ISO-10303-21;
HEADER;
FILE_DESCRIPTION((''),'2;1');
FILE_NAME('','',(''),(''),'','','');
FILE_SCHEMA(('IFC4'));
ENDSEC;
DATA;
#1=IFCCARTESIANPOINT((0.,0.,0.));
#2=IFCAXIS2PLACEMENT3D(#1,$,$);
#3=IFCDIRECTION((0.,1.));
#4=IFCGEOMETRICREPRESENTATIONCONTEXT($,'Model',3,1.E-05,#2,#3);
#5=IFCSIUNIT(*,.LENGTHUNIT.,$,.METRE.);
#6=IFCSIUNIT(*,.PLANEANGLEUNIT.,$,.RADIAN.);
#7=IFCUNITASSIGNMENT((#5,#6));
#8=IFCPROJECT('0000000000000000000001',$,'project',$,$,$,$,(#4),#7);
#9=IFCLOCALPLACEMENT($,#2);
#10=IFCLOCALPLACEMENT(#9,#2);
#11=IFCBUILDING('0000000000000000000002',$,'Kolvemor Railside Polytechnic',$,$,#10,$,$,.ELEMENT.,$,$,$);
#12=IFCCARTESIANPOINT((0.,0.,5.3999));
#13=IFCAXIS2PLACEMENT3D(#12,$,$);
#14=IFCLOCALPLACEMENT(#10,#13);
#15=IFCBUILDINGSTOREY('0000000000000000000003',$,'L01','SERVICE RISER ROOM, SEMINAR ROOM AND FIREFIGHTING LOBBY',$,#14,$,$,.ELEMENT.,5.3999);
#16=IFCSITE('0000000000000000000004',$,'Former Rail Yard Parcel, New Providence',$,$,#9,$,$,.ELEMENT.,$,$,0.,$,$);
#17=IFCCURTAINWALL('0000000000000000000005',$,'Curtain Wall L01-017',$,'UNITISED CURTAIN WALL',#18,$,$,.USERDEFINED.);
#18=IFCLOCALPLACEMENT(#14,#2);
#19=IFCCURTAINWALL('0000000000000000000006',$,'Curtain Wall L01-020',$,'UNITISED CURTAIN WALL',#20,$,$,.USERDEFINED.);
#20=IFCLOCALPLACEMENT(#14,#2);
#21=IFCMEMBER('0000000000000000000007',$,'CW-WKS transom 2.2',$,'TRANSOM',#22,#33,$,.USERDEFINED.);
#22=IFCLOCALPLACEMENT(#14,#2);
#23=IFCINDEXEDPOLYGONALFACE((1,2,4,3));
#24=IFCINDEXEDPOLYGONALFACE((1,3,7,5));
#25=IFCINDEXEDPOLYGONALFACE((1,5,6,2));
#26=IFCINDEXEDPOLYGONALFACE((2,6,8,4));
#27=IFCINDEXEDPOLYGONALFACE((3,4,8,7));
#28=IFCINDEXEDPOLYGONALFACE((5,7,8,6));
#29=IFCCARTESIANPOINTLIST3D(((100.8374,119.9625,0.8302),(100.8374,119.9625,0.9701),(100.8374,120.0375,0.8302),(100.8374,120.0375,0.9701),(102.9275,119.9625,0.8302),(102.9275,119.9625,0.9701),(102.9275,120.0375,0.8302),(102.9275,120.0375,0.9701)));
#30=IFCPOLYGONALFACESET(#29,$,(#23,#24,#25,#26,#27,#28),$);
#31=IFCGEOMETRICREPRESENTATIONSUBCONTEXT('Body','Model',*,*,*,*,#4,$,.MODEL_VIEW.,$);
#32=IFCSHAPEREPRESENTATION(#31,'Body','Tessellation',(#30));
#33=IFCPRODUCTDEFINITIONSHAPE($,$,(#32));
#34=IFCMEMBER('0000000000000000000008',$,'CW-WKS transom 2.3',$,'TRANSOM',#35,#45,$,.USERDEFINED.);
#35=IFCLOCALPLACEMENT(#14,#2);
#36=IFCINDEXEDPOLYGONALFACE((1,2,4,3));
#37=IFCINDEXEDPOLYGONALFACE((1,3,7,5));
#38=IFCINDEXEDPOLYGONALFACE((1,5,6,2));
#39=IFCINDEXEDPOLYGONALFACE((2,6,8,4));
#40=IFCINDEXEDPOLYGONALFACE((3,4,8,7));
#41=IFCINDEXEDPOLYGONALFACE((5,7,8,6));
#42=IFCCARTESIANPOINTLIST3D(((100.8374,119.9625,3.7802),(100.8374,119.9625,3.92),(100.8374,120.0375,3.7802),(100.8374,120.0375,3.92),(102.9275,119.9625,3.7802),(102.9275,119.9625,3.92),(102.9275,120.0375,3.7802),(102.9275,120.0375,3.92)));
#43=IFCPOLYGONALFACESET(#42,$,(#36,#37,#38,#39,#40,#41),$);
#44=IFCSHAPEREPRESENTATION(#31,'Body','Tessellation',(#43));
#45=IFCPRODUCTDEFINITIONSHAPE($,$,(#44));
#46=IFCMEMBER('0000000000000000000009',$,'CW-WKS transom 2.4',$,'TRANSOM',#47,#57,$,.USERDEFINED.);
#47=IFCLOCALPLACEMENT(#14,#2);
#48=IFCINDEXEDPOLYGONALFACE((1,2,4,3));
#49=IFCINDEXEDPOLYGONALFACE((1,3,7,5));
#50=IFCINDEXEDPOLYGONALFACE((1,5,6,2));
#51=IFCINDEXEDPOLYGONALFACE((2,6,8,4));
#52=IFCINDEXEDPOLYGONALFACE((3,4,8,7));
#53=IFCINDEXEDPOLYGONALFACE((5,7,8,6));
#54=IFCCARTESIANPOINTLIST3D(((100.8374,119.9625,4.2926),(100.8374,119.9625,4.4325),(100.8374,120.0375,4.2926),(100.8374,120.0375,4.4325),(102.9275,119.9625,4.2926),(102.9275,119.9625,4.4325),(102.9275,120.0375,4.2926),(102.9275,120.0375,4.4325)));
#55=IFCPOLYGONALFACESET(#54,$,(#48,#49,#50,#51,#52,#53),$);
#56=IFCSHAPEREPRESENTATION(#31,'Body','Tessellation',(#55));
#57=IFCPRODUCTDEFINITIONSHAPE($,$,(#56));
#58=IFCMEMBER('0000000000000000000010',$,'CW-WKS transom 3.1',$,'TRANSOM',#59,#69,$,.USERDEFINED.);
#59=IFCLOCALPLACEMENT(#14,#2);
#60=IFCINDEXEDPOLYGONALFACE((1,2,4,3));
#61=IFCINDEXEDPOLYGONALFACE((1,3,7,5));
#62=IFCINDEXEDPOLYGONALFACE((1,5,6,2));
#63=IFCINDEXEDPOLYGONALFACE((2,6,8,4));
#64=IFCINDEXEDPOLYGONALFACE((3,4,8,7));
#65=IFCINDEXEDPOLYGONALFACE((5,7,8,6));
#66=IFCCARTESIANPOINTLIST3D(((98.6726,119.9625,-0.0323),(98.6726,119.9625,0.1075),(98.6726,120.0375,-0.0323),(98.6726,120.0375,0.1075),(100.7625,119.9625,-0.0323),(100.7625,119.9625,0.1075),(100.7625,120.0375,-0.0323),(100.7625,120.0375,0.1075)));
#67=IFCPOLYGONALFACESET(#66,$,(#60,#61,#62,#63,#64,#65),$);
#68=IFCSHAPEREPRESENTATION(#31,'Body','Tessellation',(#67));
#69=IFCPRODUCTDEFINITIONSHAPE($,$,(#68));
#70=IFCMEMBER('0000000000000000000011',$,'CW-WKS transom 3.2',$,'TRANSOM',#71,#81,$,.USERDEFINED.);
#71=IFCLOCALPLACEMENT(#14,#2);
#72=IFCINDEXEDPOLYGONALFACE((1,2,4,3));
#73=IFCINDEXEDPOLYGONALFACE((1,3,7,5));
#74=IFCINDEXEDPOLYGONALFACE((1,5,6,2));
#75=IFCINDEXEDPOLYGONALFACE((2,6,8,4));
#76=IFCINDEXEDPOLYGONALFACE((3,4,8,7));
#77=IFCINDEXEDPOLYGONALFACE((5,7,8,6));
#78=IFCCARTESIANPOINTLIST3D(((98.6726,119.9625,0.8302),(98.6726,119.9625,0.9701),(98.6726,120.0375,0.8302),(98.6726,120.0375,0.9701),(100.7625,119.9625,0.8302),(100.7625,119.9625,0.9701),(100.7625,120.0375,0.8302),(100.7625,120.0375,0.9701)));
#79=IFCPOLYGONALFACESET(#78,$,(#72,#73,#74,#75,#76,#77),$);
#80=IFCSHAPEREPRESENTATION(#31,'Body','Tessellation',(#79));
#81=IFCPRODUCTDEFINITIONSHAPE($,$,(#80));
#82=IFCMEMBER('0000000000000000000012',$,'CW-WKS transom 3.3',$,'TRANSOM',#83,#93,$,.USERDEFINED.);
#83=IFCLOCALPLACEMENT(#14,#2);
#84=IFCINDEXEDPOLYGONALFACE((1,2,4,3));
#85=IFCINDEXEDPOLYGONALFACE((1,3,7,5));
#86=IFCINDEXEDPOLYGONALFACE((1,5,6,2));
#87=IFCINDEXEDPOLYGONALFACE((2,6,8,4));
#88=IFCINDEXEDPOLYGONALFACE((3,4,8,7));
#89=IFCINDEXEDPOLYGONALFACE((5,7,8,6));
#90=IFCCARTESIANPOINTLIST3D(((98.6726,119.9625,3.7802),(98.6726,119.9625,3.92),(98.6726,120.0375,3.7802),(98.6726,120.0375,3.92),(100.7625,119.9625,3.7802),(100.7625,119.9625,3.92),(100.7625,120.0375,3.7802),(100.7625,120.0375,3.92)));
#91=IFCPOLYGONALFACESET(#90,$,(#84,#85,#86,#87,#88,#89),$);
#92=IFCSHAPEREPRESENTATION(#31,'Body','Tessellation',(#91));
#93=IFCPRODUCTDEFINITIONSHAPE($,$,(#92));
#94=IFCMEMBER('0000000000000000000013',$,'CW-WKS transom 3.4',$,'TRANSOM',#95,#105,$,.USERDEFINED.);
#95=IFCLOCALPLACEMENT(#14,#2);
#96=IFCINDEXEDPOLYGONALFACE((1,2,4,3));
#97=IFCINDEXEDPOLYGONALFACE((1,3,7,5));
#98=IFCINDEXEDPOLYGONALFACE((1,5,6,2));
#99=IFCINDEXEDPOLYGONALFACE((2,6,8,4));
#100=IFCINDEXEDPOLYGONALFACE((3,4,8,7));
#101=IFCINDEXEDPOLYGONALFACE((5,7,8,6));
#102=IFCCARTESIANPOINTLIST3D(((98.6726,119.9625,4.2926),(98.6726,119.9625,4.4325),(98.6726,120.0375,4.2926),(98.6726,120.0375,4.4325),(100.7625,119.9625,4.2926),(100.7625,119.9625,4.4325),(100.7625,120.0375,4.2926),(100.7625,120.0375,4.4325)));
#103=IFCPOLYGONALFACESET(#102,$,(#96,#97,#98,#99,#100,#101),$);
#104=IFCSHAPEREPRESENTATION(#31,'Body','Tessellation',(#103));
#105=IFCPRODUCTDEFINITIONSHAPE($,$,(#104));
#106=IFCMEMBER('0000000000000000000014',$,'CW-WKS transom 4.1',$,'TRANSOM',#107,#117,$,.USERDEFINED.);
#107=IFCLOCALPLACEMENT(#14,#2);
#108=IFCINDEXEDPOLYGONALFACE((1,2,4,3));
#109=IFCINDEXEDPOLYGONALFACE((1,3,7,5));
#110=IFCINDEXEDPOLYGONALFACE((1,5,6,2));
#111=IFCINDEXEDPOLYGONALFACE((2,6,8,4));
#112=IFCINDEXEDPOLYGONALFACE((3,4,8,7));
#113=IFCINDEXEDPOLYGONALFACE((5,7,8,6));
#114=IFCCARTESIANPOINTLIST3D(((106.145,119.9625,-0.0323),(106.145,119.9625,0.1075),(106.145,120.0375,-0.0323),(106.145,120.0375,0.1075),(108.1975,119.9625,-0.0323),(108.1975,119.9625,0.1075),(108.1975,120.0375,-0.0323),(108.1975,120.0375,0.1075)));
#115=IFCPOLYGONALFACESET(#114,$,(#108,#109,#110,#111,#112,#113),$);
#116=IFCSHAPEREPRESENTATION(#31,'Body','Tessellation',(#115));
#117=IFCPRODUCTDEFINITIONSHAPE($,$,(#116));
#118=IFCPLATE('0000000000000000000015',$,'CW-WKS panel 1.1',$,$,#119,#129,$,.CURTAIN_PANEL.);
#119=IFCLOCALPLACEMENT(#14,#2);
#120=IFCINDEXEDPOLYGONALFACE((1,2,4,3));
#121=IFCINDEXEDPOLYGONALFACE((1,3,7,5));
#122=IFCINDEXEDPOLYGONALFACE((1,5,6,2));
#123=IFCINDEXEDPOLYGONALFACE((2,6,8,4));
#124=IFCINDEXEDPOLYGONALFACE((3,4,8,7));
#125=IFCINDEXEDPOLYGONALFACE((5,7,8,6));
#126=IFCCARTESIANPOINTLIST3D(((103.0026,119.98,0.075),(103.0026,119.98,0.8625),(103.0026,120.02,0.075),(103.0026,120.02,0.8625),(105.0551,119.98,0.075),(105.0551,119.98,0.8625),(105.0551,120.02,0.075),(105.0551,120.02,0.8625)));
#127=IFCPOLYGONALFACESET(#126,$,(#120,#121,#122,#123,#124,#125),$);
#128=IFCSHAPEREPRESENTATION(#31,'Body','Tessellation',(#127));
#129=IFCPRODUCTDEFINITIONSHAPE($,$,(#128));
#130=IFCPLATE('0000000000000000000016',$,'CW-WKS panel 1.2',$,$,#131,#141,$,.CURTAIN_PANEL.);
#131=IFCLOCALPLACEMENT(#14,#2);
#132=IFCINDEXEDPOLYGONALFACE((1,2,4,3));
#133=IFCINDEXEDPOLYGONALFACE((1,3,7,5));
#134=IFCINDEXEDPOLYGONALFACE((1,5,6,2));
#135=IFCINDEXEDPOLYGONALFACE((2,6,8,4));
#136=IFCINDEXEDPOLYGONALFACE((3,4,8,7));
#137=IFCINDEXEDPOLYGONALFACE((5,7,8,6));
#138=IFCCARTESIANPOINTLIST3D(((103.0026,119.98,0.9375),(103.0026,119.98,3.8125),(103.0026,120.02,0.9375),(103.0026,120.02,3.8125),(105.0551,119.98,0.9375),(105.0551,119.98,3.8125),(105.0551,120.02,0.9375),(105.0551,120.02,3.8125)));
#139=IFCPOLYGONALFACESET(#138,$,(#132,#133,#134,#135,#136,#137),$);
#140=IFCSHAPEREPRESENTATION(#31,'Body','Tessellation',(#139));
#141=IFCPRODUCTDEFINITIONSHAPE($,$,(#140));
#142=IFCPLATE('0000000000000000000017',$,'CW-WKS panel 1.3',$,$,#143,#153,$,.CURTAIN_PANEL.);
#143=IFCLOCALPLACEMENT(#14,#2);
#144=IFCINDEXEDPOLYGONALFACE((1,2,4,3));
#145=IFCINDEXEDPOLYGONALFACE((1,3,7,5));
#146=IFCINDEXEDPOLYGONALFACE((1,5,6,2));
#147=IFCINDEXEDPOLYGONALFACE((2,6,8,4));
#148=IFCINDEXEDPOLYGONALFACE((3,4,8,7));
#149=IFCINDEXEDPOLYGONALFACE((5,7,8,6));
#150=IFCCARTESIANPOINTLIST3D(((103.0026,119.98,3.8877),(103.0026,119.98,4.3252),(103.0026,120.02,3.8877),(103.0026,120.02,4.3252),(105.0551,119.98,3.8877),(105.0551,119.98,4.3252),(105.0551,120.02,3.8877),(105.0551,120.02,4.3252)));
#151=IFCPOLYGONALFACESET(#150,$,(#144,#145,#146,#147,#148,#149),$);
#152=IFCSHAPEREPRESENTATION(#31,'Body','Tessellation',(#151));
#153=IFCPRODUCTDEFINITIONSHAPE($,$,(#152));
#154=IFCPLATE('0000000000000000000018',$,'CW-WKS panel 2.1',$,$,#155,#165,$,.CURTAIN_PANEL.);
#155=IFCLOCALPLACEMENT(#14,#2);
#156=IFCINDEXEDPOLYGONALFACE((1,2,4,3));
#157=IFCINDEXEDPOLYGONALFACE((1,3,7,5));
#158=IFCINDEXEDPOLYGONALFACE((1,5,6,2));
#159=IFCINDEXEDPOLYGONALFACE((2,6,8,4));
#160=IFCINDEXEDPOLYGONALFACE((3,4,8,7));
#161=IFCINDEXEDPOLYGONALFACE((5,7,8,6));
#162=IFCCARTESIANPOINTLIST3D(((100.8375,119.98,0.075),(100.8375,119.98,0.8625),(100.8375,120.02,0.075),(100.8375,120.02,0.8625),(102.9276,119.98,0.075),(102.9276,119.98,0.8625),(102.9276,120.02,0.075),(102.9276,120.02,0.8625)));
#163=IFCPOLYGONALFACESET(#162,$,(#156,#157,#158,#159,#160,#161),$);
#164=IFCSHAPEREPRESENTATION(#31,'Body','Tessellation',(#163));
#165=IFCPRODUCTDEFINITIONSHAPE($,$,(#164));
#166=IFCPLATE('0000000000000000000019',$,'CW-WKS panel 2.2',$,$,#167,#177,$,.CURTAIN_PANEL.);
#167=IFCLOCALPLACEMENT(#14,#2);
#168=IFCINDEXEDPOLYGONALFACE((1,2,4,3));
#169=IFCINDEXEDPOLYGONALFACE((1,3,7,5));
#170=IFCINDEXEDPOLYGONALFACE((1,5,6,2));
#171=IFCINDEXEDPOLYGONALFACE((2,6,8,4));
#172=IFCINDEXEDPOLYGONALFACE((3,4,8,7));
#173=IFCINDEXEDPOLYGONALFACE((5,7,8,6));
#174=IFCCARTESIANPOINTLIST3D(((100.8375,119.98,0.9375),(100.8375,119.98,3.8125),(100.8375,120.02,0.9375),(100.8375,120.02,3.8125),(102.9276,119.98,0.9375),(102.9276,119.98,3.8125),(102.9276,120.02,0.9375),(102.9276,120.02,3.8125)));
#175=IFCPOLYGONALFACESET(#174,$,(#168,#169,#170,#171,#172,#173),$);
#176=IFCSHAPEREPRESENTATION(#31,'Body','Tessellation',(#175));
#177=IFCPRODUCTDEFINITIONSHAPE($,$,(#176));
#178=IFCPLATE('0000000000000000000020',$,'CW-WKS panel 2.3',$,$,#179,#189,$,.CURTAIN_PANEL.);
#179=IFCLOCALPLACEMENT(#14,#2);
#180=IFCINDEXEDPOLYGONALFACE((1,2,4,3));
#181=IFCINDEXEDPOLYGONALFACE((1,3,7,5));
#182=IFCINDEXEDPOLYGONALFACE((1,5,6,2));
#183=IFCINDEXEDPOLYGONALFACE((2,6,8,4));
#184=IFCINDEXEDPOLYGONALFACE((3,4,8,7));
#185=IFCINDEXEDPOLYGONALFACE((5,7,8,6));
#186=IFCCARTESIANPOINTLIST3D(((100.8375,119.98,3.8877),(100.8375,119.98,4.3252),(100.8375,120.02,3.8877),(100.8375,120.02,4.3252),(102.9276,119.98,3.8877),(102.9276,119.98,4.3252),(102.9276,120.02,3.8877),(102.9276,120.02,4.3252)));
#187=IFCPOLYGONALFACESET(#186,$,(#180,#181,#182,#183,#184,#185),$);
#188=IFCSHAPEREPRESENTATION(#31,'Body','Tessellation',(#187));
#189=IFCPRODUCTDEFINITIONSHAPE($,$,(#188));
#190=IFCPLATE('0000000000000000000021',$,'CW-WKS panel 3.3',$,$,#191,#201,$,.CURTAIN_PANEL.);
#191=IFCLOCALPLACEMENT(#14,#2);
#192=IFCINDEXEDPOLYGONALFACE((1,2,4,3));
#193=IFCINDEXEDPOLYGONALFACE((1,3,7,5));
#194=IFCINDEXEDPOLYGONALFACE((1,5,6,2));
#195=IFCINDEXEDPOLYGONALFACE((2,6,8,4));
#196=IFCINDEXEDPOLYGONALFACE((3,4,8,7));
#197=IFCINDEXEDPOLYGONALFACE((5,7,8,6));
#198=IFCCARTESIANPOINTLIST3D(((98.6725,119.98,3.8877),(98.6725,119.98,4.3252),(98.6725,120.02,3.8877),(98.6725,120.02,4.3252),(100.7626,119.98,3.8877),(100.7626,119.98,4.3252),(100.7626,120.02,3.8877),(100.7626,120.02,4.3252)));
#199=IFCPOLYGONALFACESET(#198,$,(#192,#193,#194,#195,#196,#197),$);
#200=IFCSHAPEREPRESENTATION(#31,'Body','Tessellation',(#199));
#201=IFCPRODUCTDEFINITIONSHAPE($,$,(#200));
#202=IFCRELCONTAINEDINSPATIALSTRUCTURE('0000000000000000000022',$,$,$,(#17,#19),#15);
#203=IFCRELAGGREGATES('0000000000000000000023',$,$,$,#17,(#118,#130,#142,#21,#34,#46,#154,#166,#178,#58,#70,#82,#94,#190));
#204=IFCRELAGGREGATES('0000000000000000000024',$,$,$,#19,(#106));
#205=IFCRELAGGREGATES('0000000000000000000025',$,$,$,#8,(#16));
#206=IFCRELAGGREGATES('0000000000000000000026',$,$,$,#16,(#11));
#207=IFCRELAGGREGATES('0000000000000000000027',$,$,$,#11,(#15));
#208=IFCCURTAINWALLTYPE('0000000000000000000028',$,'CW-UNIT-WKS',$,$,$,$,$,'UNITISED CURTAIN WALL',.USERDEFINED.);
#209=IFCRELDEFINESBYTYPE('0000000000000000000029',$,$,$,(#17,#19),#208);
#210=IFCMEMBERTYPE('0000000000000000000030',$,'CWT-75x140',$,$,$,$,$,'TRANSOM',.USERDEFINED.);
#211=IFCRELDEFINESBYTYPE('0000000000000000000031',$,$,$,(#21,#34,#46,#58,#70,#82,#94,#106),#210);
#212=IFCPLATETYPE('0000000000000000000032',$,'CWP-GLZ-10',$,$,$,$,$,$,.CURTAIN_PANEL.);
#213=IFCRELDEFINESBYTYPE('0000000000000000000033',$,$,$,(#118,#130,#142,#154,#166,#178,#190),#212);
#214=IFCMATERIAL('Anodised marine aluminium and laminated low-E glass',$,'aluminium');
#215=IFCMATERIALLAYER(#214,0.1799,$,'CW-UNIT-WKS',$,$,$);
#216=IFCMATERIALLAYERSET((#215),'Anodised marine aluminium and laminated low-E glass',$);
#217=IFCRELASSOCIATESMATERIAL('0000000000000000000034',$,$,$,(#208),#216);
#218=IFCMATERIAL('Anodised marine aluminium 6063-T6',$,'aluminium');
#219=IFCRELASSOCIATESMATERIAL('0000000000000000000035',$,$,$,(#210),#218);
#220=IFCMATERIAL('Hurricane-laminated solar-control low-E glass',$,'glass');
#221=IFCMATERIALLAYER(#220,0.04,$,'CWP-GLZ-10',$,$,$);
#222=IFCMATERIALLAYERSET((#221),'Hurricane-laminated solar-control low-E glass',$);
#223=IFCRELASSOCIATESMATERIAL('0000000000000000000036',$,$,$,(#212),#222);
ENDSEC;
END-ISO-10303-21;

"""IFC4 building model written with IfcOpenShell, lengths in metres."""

from ifc_helpers import new_model, si_unit, direction, frame, origin, origin_2d, place, context, subcontext, project, spatial, rectangle, extrude, material, layer, layer_set, material_profile, profile_set, type_object, element, aggregate, save


model = new_model("IFC4")

# Units and contexts
model_context = context("Model", 3, precision=1e-05, world=origin(), true_north=direction((0.0, 1.0)))
body_context = subcontext(model_context, "Body", "Model", "MODEL_VIEW")
ifc_project = project(units=[si_unit("LENGTHUNIT", "METRE"), si_unit("PLANEANGLEUNIT", "RADIAN")], contexts=[model_context])

# Site, building, storey
site_placement = place(None, origin())
site = spatial("IfcSite", under=ifc_project, at=site_placement, Name="Former Rail Yard Parcel, New Providence", CompositionType="ELEMENT", RefElevation=0.0)
building_placement = place(site_placement, origin())
building = spatial("IfcBuilding", under=site, at=building_placement, Name="Kolvemor Railside Polytechnic", CompositionType="ELEMENT")
storey_placement = place(building_placement, frame((0.0, 0.0, 5.3999)))
storey = spatial("IfcBuildingStorey", under=building, at=storey_placement, Name="L01", Description="SERVICE RISER ROOM, SEMINAR ROOM AND FIREFIGHTING LOBBY", CompositionType="ELEMENT", Elevation=5.3999)

# Curtain wall
ifc_material_1 = material(Name="Anodised marine aluminium and laminated low-E glass", Category="aluminium")
ifc_layer_1 = layer(ifc_material_1, 0.1799, Name="CW-UNIT-WKS")
ifc_layer_set_1 = layer_set([ifc_layer_1], Name="Anodised marine aluminium and laminated low-E glass")
curtain_wall_type = type_object("IfcCurtainWallType", Name="CW-UNIT-WKS", ElementType="UNITISED CURTAIN WALL", PredefinedType="USERDEFINED", material=ifc_layer_set_1)
curtain_wall_1_placement = place(storey_placement, origin())
curtain_wall_1 = element("IfcCurtainWall", 1, at=curtain_wall_1_placement, inside=storey, type_object=curtain_wall_type, Name="Curtain Wall L01-017", ObjectType="UNITISED CURTAIN WALL", PredefinedType="USERDEFINED")

# Curtain wall
curtain_wall_2_placement = place(storey_placement, origin())
curtain_wall_2 = element("IfcCurtainWall", 2, at=curtain_wall_2_placement, inside=storey, type_object=curtain_wall_type, Name="Curtain Wall L01-020", ObjectType="UNITISED CURTAIN WALL", PredefinedType="USERDEFINED")

# Members
ifc_material_2 = material(Name="Anodised marine aluminium 6063-T6", Category="aluminium")
ifc_material_profile_1 = material_profile(ifc_material_2, rectangle(XDim=0.075, YDim=0.1399, at=origin_2d()), Name="CW-TRN-75x140")
ifc_profile_set_1 = profile_set([ifc_material_profile_1], Name="Anodised marine aluminium 6063-T6")
member_type_1 = type_object("IfcMemberType", Name="CWT-75x140", ElementType="TRANSOM", PredefinedType="USERDEFINED", material=ifc_profile_set_1)
member_1_placement = place(storey_placement, frame((102.9275, 120.0, 0.9001), z_axis=(-1.0, 0.0, 0.0), x_axis=(0.0, -1.0, 0.0)))
member_1 = element("IfcMember", 3, at=member_1_placement, type_object=member_type_1, Name="CW-WKS transom 2.2", ObjectType="TRANSOM", PredefinedType="USERDEFINED", context=body_context, shape_type="SweptSolid", body=[
    extrude(rectangle(XDim=0.075, YDim=0.1399, at=origin_2d()), origin(), (0.0, 0.0, 1.0), 2.0901),
])
member_2_placement = place(storey_placement, frame((102.9275, 120.0, 3.8501), z_axis=(-1.0, 0.0, 0.0), x_axis=(0.0, -1.0, 0.0)))
member_2 = element("IfcMember", 4, at=member_2_placement, type_object=member_type_1, Name="CW-WKS transom 2.3", ObjectType="TRANSOM", PredefinedType="USERDEFINED", context=body_context, shape_type="SweptSolid", body=[
    extrude(rectangle(XDim=0.075, YDim=0.1399, at=origin_2d()), origin(), (0.0, 0.0, 1.0), 2.0901),
])
member_3_placement = place(storey_placement, frame((102.9275, 120.0, 4.3625), z_axis=(-1.0, 0.0, 0.0), x_axis=(0.0, -1.0, 0.0)))
member_3 = element("IfcMember", 5, at=member_3_placement, type_object=member_type_1, Name="CW-WKS transom 2.4", ObjectType="TRANSOM", PredefinedType="USERDEFINED", context=body_context, shape_type="SweptSolid", body=[
    extrude(rectangle(XDim=0.075, YDim=0.1399, at=origin_2d()), origin(), (0.0, 0.0, 1.0), 2.0901),
])
member_4_placement = place(storey_placement, frame((100.7625, 120.0, 0.0376), z_axis=(-1.0, 0.0, 0.0), x_axis=(0.0, -1.0, 0.0)))
member_4 = element("IfcMember", 6, at=member_4_placement, type_object=member_type_1, Name="CW-WKS transom 3.1", ObjectType="TRANSOM", PredefinedType="USERDEFINED", context=body_context, shape_type="SweptSolid", body=[
    extrude(rectangle(XDim=0.075, YDim=0.1399, at=origin_2d()), origin(), (0.0, 0.0, 1.0), 2.0898),
])
member_5_placement = place(storey_placement, frame((100.7625, 120.0, 0.9001), z_axis=(-1.0, 0.0, 0.0), x_axis=(0.0, -1.0, 0.0)))
member_5 = element("IfcMember", 7, at=member_5_placement, type_object=member_type_1, Name="CW-WKS transom 3.2", ObjectType="TRANSOM", PredefinedType="USERDEFINED", context=body_context, shape_type="SweptSolid", body=[
    extrude(rectangle(XDim=0.075, YDim=0.1399, at=origin_2d()), origin(), (0.0, 0.0, 1.0), 2.0898),
])
member_6_placement = place(storey_placement, frame((100.7625, 120.0, 3.8501), z_axis=(-1.0, 0.0, 0.0), x_axis=(0.0, -1.0, 0.0)))
member_6 = element("IfcMember", 8, at=member_6_placement, type_object=member_type_1, Name="CW-WKS transom 3.3", ObjectType="TRANSOM", PredefinedType="USERDEFINED", context=body_context, shape_type="SweptSolid", body=[
    extrude(rectangle(XDim=0.075, YDim=0.1399, at=origin_2d()), origin(), (0.0, 0.0, 1.0), 2.0898),
])
member_7_placement = place(storey_placement, frame((100.7625, 120.0, 4.3625), z_axis=(-1.0, 0.0, 0.0), x_axis=(0.0, -1.0, 0.0)))
member_7 = element("IfcMember", 9, at=member_7_placement, type_object=member_type_1, Name="CW-WKS transom 3.4", ObjectType="TRANSOM", PredefinedType="USERDEFINED", context=body_context, shape_type="SweptSolid", body=[
    extrude(rectangle(XDim=0.075, YDim=0.1399, at=origin_2d()), origin(), (0.0, 0.0, 1.0), 2.0898),
])
member_8_placement = place(storey_placement, frame((108.1975, 120.0, 0.0376), z_axis=(-1.0, 0.0, 0.0), x_axis=(0.0, -1.0, 0.0)))
member_8 = element("IfcMember", 10, at=member_8_placement, type_object=member_type_1, Name="CW-WKS transom 4.1", ObjectType="TRANSOM", PredefinedType="USERDEFINED", context=body_context, shape_type="SweptSolid", body=[
    extrude(rectangle(XDim=0.075, YDim=0.1399, at=origin_2d()), origin(), (0.0, 0.0, 1.0), 2.0525),
])

# Plates
ifc_material_3 = material(Name="Hurricane-laminated solar-control low-E glass", Category="glass")
ifc_layer_2 = layer(ifc_material_3, 0.04, Name="CWP-GLZ-10")
ifc_layer_set_2 = layer_set([ifc_layer_2], Name="Hurricane-laminated solar-control low-E glass")
plate_type_1 = type_object("IfcPlateType", Name="CWP-GLZ-10", PredefinedType="CURTAIN_PANEL", material=ifc_layer_set_2)
plate_1_placement = place(storey_placement, frame((104.0288, 120.0, 0.075), z_axis=(0.0, 0.0, 1.0), x_axis=(-1.0, 0.0, 0.0)))
plate_1 = element("IfcPlate", 11, at=plate_1_placement, type_object=plate_type_1, Name="CW-WKS panel 1.1", PredefinedType="CURTAIN_PANEL", context=body_context, shape_type="SweptSolid", body=[
    extrude(rectangle(XDim=2.0525, YDim=0.04, at=origin_2d()), origin(), (0.0, 0.0, 1.0), 0.7876),
])
plate_2_placement = place(storey_placement, frame((104.0288, 120.0, 0.9375), z_axis=(0.0, 0.0, 1.0), x_axis=(-1.0, 0.0, 0.0)))
plate_2 = element("IfcPlate", 12, at=plate_2_placement, type_object=plate_type_1, Name="CW-WKS panel 1.2", PredefinedType="CURTAIN_PANEL", context=body_context, shape_type="SweptSolid", body=[
    extrude(rectangle(XDim=2.0525, YDim=0.04, at=origin_2d()), origin(), (0.0, 0.0, 1.0), 2.875),
])
plate_3_placement = place(storey_placement, frame((104.0288, 120.0, 3.8877), z_axis=(0.0, 0.0, 1.0), x_axis=(-1.0, 0.0, 0.0)))
plate_3 = element("IfcPlate", 13, at=plate_3_placement, type_object=plate_type_1, Name="CW-WKS panel 1.3", PredefinedType="CURTAIN_PANEL", context=body_context, shape_type="SweptSolid", body=[
    extrude(rectangle(XDim=2.0525, YDim=0.04, at=origin_2d()), origin(), (0.0, 0.0, 1.0), 0.4375),
])
plate_4_placement = place(storey_placement, frame((101.8826, 120.0, 0.075), z_axis=(0.0, 0.0, 1.0), x_axis=(-1.0, 0.0, 0.0)))
plate_4 = element("IfcPlate", 14, at=plate_4_placement, type_object=plate_type_1, Name="CW-WKS panel 2.1", PredefinedType="CURTAIN_PANEL", context=body_context, shape_type="SweptSolid", body=[
    extrude(rectangle(XDim=2.0901, YDim=0.04, at=origin_2d()), origin(), (0.0, 0.0, 1.0), 0.7876),
])
plate_5_placement = place(storey_placement, frame((101.8826, 120.0, 0.9375), z_axis=(0.0, 0.0, 1.0), x_axis=(-1.0, 0.0, 0.0)))
plate_5 = element("IfcPlate", 15, at=plate_5_placement, type_object=plate_type_1, Name="CW-WKS panel 2.2", PredefinedType="CURTAIN_PANEL", context=body_context, shape_type="SweptSolid", body=[
    extrude(rectangle(XDim=2.0901, YDim=0.04, at=origin_2d()), origin(), (0.0, 0.0, 1.0), 2.875),
])
plate_6_placement = place(storey_placement, frame((101.8826, 120.0, 3.8877), z_axis=(0.0, 0.0, 1.0), x_axis=(-1.0, 0.0, 0.0)))
plate_6 = element("IfcPlate", 16, at=plate_6_placement, type_object=plate_type_1, Name="CW-WKS panel 2.3", PredefinedType="CURTAIN_PANEL", context=body_context, shape_type="SweptSolid", body=[
    extrude(rectangle(XDim=2.0901, YDim=0.04, at=origin_2d()), origin(), (0.0, 0.0, 1.0), 0.4375),
])
plate_7_placement = place(storey_placement, frame((99.7175, 120.0, 3.8877), z_axis=(0.0, 0.0, 1.0), x_axis=(-1.0, 0.0, 0.0)))
plate_7 = element("IfcPlate", 17, at=plate_7_placement, type_object=plate_type_1, Name="CW-WKS panel 3.3", PredefinedType="CURTAIN_PANEL", context=body_context, shape_type="SweptSolid", body=[
    extrude(rectangle(XDim=2.0901, YDim=0.04, at=origin_2d()), origin(), (0.0, 0.0, 1.0), 0.4375),
])
aggregate(curtain_wall_1, [plate_1, plate_2, plate_3, member_1, member_2, member_3, plate_4, plate_5, plate_6, member_4, member_5, member_6, member_7, plate_7])
aggregate(curtain_wall_2, [member_8])

save(model, "model.ifc")
